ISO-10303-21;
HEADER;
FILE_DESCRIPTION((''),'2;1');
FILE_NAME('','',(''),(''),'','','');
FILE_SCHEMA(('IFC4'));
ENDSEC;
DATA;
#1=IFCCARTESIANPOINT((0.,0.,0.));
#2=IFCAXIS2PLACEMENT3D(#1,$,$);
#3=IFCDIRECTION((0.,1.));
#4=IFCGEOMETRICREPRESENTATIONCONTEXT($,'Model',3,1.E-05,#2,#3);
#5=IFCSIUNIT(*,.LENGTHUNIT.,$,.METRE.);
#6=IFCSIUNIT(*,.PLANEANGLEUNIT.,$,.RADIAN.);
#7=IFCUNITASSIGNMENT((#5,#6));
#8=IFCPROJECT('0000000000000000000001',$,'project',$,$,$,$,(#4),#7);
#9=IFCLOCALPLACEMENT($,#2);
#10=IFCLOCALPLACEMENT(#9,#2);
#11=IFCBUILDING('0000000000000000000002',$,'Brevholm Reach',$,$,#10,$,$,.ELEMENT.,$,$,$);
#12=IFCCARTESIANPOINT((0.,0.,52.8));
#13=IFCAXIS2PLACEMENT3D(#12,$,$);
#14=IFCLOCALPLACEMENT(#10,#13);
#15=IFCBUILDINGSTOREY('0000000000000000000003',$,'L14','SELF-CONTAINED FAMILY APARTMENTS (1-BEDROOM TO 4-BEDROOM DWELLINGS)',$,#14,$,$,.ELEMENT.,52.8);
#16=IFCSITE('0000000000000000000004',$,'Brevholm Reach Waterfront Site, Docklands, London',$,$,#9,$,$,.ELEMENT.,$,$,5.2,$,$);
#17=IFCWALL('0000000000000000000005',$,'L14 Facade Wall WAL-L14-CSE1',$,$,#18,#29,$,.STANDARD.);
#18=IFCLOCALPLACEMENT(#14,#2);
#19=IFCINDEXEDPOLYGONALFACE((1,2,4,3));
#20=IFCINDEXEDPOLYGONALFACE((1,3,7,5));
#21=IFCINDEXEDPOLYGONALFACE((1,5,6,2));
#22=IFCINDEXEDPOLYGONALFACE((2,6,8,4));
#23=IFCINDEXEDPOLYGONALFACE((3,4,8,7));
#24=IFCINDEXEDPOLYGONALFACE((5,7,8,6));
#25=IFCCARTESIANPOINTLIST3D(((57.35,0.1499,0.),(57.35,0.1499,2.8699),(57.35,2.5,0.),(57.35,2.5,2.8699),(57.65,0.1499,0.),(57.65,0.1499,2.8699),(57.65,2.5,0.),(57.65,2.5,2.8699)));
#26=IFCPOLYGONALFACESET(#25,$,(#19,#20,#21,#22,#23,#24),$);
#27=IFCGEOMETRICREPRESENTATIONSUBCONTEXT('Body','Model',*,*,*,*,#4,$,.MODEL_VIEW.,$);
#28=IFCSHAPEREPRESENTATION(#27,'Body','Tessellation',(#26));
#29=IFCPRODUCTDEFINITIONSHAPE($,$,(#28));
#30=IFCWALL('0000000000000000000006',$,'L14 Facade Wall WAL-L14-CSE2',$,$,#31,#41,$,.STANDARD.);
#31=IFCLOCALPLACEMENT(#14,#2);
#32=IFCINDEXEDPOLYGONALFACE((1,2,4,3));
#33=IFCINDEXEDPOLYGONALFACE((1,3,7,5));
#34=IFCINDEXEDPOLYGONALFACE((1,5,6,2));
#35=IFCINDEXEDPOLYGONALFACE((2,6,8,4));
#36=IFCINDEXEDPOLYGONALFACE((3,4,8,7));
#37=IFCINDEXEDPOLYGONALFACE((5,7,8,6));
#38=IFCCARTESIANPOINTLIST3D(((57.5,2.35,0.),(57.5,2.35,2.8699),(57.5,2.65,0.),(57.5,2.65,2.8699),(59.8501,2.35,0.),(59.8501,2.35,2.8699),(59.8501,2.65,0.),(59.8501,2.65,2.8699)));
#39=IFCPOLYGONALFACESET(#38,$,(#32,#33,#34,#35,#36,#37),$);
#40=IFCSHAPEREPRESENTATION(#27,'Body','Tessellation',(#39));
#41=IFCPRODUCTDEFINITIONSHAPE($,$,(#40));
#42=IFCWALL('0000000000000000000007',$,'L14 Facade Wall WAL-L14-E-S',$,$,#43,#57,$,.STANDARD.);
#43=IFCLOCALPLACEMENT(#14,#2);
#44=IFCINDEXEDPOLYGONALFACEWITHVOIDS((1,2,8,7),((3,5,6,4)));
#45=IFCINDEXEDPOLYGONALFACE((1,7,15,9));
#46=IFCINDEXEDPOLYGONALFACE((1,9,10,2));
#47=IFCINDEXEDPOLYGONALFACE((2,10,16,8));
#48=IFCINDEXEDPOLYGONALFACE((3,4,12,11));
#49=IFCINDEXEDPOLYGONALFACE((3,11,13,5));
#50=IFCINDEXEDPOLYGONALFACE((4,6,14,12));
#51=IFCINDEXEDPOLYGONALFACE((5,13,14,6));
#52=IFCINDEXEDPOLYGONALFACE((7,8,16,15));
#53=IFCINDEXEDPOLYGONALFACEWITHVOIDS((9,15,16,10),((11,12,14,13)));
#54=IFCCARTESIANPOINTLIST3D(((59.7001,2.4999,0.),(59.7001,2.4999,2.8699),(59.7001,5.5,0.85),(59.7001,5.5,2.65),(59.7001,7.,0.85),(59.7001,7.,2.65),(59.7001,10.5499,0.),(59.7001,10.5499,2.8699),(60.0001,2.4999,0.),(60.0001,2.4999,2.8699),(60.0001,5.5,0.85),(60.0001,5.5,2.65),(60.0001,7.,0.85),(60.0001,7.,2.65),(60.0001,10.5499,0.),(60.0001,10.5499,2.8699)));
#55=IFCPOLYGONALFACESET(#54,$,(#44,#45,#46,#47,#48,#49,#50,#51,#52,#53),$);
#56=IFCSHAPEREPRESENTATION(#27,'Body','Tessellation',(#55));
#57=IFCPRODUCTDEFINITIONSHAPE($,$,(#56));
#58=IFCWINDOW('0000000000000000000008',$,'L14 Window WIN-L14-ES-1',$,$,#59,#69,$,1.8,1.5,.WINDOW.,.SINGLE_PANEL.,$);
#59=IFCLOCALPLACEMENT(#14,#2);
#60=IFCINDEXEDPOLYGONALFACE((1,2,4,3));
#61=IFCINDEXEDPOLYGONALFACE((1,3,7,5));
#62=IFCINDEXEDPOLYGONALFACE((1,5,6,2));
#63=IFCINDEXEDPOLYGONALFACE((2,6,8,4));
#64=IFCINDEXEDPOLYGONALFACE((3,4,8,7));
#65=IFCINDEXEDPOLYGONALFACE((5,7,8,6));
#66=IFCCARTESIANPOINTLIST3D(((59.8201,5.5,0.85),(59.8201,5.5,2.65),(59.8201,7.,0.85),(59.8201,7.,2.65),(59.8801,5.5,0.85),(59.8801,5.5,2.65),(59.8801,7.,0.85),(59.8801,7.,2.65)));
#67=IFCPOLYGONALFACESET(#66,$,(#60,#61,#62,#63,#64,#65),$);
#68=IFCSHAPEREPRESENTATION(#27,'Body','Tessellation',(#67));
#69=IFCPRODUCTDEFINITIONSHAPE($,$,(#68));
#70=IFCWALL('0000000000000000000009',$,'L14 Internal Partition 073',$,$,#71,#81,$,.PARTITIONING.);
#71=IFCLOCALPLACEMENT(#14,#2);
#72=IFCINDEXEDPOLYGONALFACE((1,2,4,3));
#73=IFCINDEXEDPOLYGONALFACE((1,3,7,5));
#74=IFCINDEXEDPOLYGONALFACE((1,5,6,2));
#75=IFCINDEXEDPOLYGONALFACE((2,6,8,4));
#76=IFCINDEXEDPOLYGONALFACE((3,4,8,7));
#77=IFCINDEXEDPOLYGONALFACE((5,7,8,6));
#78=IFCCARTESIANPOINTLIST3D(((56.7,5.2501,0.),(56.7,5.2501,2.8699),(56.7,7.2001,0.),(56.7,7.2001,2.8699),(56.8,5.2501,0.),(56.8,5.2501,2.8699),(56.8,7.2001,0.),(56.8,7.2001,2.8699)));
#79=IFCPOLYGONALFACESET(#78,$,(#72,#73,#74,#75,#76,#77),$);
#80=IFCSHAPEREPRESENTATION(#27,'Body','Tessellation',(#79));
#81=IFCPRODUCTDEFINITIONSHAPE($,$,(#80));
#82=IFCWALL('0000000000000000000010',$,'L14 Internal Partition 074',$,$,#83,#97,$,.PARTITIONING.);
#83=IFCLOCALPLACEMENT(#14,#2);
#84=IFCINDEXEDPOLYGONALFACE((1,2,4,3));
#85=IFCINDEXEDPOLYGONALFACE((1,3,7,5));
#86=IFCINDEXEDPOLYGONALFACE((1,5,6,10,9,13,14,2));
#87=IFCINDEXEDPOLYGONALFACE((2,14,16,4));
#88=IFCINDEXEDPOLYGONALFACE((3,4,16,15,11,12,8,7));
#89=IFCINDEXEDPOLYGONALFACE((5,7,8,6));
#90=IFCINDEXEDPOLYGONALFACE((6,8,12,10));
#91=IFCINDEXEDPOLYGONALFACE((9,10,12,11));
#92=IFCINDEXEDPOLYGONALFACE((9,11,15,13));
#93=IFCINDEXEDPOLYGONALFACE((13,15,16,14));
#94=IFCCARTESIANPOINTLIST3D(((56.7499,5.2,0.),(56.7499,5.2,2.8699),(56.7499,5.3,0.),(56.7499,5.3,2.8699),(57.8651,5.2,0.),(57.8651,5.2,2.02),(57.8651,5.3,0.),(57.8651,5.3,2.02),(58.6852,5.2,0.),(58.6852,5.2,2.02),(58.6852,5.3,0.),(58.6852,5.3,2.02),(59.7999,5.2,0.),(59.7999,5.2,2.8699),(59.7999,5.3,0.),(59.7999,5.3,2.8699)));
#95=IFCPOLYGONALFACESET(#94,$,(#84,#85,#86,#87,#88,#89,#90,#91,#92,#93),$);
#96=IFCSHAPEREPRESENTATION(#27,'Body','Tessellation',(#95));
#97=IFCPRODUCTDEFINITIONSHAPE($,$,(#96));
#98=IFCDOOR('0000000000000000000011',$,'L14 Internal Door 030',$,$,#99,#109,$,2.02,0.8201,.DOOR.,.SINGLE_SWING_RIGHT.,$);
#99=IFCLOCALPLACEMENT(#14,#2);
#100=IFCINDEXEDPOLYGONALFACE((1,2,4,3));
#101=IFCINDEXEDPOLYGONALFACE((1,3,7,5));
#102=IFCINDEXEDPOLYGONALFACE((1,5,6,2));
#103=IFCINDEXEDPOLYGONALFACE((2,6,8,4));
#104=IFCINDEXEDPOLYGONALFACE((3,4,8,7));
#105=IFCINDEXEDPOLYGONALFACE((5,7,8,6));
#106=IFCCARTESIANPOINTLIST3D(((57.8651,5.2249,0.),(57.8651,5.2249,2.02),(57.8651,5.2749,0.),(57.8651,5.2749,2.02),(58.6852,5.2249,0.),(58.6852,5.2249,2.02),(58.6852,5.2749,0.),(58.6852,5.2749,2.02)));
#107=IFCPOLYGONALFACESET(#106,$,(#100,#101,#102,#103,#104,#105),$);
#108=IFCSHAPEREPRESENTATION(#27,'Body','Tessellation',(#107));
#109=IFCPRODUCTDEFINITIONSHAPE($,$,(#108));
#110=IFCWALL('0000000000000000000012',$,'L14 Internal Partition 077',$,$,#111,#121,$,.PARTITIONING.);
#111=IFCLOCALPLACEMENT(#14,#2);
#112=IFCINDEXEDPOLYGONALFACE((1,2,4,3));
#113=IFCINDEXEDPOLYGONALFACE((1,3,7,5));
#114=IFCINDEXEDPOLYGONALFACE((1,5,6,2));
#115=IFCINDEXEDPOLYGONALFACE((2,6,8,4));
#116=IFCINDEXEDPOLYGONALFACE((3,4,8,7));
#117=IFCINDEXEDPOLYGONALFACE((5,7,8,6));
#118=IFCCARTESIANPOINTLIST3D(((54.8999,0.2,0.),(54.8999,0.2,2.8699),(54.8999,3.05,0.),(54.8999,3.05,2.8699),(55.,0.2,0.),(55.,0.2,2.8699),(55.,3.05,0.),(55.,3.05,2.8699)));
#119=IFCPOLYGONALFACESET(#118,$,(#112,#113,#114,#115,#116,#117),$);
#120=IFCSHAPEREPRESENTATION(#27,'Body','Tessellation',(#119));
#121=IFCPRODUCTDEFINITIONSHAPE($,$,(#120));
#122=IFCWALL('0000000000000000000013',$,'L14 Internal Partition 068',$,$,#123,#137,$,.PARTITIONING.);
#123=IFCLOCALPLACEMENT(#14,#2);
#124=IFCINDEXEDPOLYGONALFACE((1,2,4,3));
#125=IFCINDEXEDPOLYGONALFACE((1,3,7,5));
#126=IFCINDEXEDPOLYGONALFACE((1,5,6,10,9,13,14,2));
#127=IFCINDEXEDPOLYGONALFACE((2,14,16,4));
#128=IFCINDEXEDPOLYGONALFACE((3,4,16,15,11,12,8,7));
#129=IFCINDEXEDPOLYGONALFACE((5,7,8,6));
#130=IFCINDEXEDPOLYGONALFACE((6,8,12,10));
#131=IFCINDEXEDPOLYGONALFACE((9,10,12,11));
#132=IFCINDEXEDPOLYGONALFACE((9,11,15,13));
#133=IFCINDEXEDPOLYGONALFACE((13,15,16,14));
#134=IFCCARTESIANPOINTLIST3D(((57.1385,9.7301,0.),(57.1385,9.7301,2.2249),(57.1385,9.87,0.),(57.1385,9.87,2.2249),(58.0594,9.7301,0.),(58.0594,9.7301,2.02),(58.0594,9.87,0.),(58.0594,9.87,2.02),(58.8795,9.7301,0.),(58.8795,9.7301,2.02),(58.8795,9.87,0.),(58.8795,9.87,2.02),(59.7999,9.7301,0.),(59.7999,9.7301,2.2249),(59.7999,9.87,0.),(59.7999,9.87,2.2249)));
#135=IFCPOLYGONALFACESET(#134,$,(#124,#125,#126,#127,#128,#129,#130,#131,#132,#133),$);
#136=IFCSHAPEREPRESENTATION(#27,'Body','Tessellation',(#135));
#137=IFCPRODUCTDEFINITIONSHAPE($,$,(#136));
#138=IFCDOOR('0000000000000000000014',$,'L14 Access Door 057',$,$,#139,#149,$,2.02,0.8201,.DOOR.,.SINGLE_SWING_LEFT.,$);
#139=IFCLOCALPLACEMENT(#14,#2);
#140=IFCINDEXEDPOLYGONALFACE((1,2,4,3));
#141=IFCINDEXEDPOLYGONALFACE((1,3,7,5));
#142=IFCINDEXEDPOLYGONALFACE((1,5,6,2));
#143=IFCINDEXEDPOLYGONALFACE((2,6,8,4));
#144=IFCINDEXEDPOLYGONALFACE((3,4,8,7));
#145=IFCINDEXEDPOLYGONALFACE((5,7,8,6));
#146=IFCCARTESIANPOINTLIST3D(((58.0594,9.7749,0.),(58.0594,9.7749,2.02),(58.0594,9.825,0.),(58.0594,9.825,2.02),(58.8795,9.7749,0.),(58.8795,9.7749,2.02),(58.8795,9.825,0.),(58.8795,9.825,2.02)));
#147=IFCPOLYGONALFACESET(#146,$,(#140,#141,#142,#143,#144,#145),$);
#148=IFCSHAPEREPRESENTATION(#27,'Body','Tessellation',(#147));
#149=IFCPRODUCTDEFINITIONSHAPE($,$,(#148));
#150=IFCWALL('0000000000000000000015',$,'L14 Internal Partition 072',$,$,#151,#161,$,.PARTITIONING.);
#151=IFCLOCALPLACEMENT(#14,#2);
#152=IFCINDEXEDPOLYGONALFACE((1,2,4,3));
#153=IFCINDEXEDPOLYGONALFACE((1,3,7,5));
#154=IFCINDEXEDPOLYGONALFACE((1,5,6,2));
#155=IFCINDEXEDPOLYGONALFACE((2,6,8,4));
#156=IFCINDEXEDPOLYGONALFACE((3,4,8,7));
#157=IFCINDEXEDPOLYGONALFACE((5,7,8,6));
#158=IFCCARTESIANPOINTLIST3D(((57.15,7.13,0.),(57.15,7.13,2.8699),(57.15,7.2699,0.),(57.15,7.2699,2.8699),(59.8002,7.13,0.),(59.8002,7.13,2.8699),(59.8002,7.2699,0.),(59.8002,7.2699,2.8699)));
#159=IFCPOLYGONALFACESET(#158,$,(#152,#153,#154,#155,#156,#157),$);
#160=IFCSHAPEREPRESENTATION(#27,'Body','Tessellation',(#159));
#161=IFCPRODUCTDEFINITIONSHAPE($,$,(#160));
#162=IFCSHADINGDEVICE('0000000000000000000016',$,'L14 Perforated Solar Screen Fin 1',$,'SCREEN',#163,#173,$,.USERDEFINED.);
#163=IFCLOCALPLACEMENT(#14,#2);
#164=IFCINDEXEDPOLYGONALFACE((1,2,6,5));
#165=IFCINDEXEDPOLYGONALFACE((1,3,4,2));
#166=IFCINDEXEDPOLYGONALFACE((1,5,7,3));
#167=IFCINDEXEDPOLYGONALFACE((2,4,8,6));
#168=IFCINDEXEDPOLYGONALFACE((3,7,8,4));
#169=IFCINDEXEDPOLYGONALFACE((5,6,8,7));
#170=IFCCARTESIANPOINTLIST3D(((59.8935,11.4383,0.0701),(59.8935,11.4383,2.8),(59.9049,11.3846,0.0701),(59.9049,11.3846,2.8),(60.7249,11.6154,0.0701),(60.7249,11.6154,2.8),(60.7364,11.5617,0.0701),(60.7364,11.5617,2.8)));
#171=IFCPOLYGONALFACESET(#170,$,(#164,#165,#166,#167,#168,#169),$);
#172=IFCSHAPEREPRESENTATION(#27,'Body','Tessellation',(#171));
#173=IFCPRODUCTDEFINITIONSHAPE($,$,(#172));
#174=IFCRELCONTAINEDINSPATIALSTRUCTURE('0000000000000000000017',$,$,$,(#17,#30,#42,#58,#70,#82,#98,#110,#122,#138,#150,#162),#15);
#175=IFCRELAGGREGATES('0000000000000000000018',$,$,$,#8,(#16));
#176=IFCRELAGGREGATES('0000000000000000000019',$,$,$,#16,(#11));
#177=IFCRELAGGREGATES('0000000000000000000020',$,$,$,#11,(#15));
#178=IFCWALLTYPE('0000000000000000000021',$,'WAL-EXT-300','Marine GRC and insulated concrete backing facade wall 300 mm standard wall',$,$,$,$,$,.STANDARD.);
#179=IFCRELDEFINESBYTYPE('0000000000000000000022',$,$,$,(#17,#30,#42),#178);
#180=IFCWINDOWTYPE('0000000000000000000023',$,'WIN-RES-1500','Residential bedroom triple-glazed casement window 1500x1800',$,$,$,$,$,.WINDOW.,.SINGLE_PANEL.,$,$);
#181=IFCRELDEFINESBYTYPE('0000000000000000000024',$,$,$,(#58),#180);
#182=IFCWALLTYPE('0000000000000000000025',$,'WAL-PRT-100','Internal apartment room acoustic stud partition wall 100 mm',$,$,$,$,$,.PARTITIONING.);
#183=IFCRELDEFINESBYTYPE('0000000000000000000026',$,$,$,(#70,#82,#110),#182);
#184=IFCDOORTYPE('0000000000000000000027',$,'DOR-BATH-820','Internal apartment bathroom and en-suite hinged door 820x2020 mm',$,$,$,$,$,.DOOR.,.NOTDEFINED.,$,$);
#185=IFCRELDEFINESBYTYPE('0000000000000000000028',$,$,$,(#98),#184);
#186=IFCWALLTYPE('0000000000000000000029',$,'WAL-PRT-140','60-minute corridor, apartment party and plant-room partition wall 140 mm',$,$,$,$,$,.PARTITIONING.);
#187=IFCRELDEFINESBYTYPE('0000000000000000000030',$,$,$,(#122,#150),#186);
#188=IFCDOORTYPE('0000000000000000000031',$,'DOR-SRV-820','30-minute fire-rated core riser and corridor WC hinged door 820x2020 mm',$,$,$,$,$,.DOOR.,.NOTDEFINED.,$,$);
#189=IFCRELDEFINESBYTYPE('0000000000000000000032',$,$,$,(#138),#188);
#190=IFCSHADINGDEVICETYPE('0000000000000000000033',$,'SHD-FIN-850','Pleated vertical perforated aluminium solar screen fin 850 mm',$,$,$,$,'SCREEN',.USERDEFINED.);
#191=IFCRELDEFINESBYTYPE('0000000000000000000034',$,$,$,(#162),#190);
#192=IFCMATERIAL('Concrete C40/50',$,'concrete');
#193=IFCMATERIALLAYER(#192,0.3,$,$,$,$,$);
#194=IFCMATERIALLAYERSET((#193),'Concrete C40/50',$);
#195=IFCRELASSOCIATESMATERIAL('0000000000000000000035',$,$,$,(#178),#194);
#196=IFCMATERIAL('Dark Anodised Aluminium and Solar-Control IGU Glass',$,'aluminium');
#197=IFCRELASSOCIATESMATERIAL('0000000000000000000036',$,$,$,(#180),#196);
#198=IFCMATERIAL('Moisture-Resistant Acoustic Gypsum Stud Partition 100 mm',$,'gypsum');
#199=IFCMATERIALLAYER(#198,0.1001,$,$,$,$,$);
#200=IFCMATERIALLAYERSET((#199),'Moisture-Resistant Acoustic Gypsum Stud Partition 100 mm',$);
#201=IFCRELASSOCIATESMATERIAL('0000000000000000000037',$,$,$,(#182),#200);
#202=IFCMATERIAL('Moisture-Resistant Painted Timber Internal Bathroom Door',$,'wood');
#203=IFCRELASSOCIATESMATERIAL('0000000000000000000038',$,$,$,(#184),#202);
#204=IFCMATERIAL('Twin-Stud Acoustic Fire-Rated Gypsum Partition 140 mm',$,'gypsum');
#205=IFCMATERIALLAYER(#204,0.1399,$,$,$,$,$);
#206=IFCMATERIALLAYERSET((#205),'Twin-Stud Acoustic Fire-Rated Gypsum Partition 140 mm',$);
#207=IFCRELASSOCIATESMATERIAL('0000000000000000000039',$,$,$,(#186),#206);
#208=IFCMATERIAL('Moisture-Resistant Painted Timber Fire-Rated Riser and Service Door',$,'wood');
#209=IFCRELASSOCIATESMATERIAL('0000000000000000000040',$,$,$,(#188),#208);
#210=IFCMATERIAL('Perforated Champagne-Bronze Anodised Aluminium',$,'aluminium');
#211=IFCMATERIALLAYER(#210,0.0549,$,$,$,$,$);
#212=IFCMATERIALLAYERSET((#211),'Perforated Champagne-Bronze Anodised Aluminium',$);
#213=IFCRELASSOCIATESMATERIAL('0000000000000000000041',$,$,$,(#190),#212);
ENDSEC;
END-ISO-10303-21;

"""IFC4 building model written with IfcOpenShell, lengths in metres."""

from ifc_helpers import new_model, si_unit, direction, frame, frame_2d, origin, origin_2d, place, context, subcontext, project, spatial, rectangle, extrude, material, layer, layer_set, type_object, element, fill, save


model = new_model("IFC4")

# Units and contexts
model_context = context("Model", 3, precision=1e-05, world=origin(), true_north=direction((0.0, 1.0)))
body_context = subcontext(model_context, "Body", "Model", "MODEL_VIEW")
ifc_project = project(units=[si_unit("LENGTHUNIT", "METRE"), si_unit("PLANEANGLEUNIT", "RADIAN")], contexts=[model_context])

# Site, building, storey
site_placement = place(None, origin())
site = spatial("IfcSite", under=ifc_project, at=site_placement, Name="Brevholm Reach Waterfront Site, Docklands, London", CompositionType="ELEMENT", RefElevation=5.2)
building_placement = place(site_placement, origin())
building = spatial("IfcBuilding", under=site, at=building_placement, Name="Brevholm Reach", CompositionType="ELEMENT")
storey_placement = place(building_placement, frame((0.0, 0.0, 52.8)))
storey = spatial("IfcBuildingStorey", under=building, at=storey_placement, Name="L14", Description="SELF-CONTAINED FAMILY APARTMENTS (1-BEDROOM TO 4-BEDROOM DWELLINGS)", CompositionType="ELEMENT", Elevation=52.8)

# Walls
ifc_material_1 = material(Name="Concrete C40/50", Category="concrete")
ifc_layer_1 = layer(ifc_material_1, 0.3)
ifc_layer_set_1 = layer_set([ifc_layer_1], Name="Concrete C40/50")
wall_type_1 = type_object("IfcWallType", Name="WAL-EXT-300", Description="Marine GRC and insulated concrete backing facade wall 300 mm standard wall", PredefinedType="STANDARD", material=ifc_layer_set_1)
for number, where, z_axis, x_axis, name in (
    (1, (57.5, 0.1499, 0.0), (0.0, 0.0, 1.0), (0.0, 1.0, 0.0), "L14 Facade Wall WAL-L14-CSE1"),
    (2, (57.5, 2.5, 0.0), (0.0, 0.0, 1.0), (1.0, 0.0, 0.0), "L14 Facade Wall WAL-L14-CSE2"),
):
    element("IfcWall", number, at=place(storey_placement, frame(where, z_axis=z_axis, x_axis=x_axis)), inside=storey, type_object=wall_type_1, Name=name, PredefinedType="STANDARD", context=body_context, shape_type="SweptSolid", body=[
        extrude(rectangle(XDim=2.3501, YDim=0.3, at=frame_2d((1.175, 0.0))), origin(), (0.0, 0.0, 1.0), 2.8699),
    ])

# Wall, opening, window
wall_1_placement = place(storey_placement, frame((59.8501, 2.5, 0.0), z_axis=(0.0, 0.0, 1.0), x_axis=(0.0, 1.0, 0.0)))
wall_1 = element("IfcWall", 3, at=wall_1_placement, inside=storey, type_object=wall_type_1, Name="L14 Facade Wall WAL-L14-E-S", PredefinedType="STANDARD", context=body_context, shape_type="SweptSolid", body=[
    extrude(rectangle(XDim=8.05, YDim=0.3, at=frame_2d((4.0249, 0.0))), origin(), (0.0, 0.0, 1.0), 2.8699),
])
opening_1_placement = place(wall_1_placement, frame((3.0, 0.0, 0.8501)))
opening_1 = element("IfcOpeningElement", 4, at=opening_1_placement, cuts=wall_1, PredefinedType="OPENING", context=body_context, shape_type="SweptSolid", body=[
    extrude(rectangle(XDim=1.5, YDim=1.8, at=frame_2d((0.75, 0.8999))), frame((0.0, 0.1599, 0.0), z_axis=(0.0, -1.0, 0.0), x_axis=(1.0, 0.0, 0.0)), (0.0, 0.0, 1.0), 0.3201),
])
ifc_material_2 = material(Name="Dark Anodised Aluminium and Solar-Control IGU Glass", Category="aluminium")
window_type = type_object("IfcWindowType", Name="WIN-RES-1500", Description="Residential bedroom triple-glazed casement window 1500x1800", PartitioningType="SINGLE_PANEL", PredefinedType="WINDOW", material=ifc_material_2)
window_placement = place(opening_1_placement, origin())
window = element("IfcWindow", 5, at=window_placement, inside=storey, type_object=window_type, Name="L14 Window WIN-L14-ES-1", OverallHeight=1.8, OverallWidth=1.5, PartitioningType="SINGLE_PANEL", PredefinedType="WINDOW", context=body_context, shape_type="SweptSolid", body=[
    extrude(rectangle(XDim=1.5, YDim=1.8, at=frame_2d((0.75, 0.8999))), frame((0.0, 0.03, 0.0), z_axis=(0.0, -1.0, 0.0), x_axis=(1.0, 0.0, 0.0)), (0.0, 0.0, 1.0), 0.0601),
])
fill(opening_1, window)

# Wall
ifc_material_3 = material(Name="Moisture-Resistant Acoustic Gypsum Stud Partition 100 mm", Category="gypsum")
ifc_layer_2 = layer(ifc_material_3, 0.1001)
ifc_layer_set_2 = layer_set([ifc_layer_2], Name="Moisture-Resistant Acoustic Gypsum Stud Partition 100 mm")
wall_type_2 = type_object("IfcWallType", Name="WAL-PRT-100", Description="Internal apartment room acoustic stud partition wall 100 mm", PredefinedType="PARTITIONING", material=ifc_layer_set_2)
wall_2_placement = place(storey_placement, frame((56.75, 5.25, 0.0), z_axis=(0.0, 0.0, 1.0), x_axis=(0.0, 1.0, 0.0)))
element("IfcWall", 6, at=wall_2_placement, inside=storey, type_object=wall_type_2, Name="L14 Internal Partition 073", PredefinedType="PARTITIONING", context=body_context, shape_type="SweptSolid", body=[
    extrude(rectangle(XDim=1.95, YDim=0.1001, at=frame_2d((0.9751, 0.0))), origin(), (0.0, 0.0, 1.0), 2.8699),
])

# Wall, opening, door
wall_3_placement = place(storey_placement, frame((56.75, 5.25, 0.0), z_axis=(0.0, 0.0, 1.0), x_axis=(1.0, 0.0, 0.0)))
wall_3 = element("IfcWall", 7, at=wall_3_placement, inside=storey, type_object=wall_type_2, Name="L14 Internal Partition 074", PredefinedType="PARTITIONING", context=body_context, shape_type="SweptSolid", body=[
    extrude(rectangle(XDim=3.05, YDim=0.1001, at=frame_2d((1.5249, 0.0))), origin(), (0.0, 0.0, 1.0), 2.8699),
])
opening_2_placement = place(wall_3_placement, frame((1.115, 0.0, 0.0)))
opening_2 = element("IfcOpeningElement", 8, at=opening_2_placement, cuts=wall_3, PredefinedType="OPENING", context=body_context, shape_type="SweptSolid", body=[
    extrude(rectangle(XDim=0.8201, YDim=2.02, at=frame_2d((0.4102, 1.01))), frame((0.0, 0.0601, 0.0), z_axis=(0.0, -1.0, 0.0), x_axis=(1.0, 0.0, 0.0)), (0.0, 0.0, 1.0), 0.1201),
])
ifc_material_4 = material(Name="Moisture-Resistant Painted Timber Internal Bathroom Door", Category="wood")
door_type_1 = type_object("IfcDoorType", Name="DOR-BATH-820", Description="Internal apartment bathroom and en-suite hinged door 820x2020 mm", OperationType="NOTDEFINED", PredefinedType="DOOR", material=ifc_material_4)
door_1_placement = place(opening_2_placement, origin())
door_1 = element("IfcDoor", 9, at=door_1_placement, inside=storey, type_object=door_type_1, Name="L14 Internal Door 030", OperationType="SINGLE_SWING_RIGHT", OverallHeight=2.02, OverallWidth=0.8201, PredefinedType="DOOR", context=body_context, shape_type="SweptSolid", body=[
    extrude(rectangle(XDim=0.8201, YDim=2.02, at=frame_2d((0.4102, 1.01))), frame((0.0, 0.0249, 0.0), z_axis=(0.0, -1.0, 0.0), x_axis=(1.0, 0.0, 0.0)), (0.0, 0.0, 1.0), 0.05),
])
fill(opening_2, door_1)

# Wall
wall_4_placement = place(storey_placement, frame((54.95, 0.2, 0.0), z_axis=(0.0, 0.0, 1.0), x_axis=(0.0, 1.0, 0.0)))
element("IfcWall", 10, at=wall_4_placement, inside=storey, type_object=wall_type_2, Name="L14 Internal Partition 077", PredefinedType="PARTITIONING", context=body_context, shape_type="SweptSolid", body=[
    extrude(rectangle(XDim=2.8501, YDim=0.1001, at=frame_2d((1.425, 0.0))), origin(), (0.0, 0.0, 1.0), 2.8699),
])

# Wall, opening, door
ifc_material_5 = material(Name="Twin-Stud Acoustic Fire-Rated Gypsum Partition 140 mm", Category="gypsum")
ifc_layer_3 = layer(ifc_material_5, 0.1399)
ifc_layer_set_3 = layer_set([ifc_layer_3], Name="Twin-Stud Acoustic Fire-Rated Gypsum Partition 140 mm")
wall_type_3 = type_object("IfcWallType", Name="WAL-PRT-140", Description="60-minute corridor, apartment party and plant-room partition wall 140 mm", PredefinedType="PARTITIONING", material=ifc_layer_set_3)
wall_5_placement = place(storey_placement, frame((57.1387, 9.8, 0.0), z_axis=(0.0, 0.0, 1.0), x_axis=(1.0, 0.0, 0.0)))
wall_5 = element("IfcWall", 11, at=wall_5_placement, inside=storey, type_object=wall_type_3, Name="L14 Internal Partition 068", PredefinedType="PARTITIONING", context=body_context, shape_type="SweptSolid", body=[
    extrude(rectangle(XDim=2.6614, YDim=0.1399, at=frame_2d((1.3306, 0.0))), origin(), (0.0, 0.0, 1.0), 2.2249),
])
opening_3_placement = place(wall_5_placement, frame((0.9207, 0.0, 0.0)))
opening_3 = element("IfcOpeningElement", 12, at=opening_3_placement, cuts=wall_5, PredefinedType="OPENING", context=body_context, shape_type="SweptSolid", body=[
    extrude(rectangle(XDim=0.8201, YDim=2.02, at=frame_2d((0.4102, 1.01))), frame((0.0, 0.0798, 0.0), z_axis=(0.0, -1.0, 0.0), x_axis=(1.0, 0.0, 0.0)), (0.0, 0.0, 1.0), 0.1599),
])
ifc_material_6 = material(Name="Moisture-Resistant Painted Timber Fire-Rated Riser and Service Door", Category="wood")
door_type_2 = type_object("IfcDoorType", Name="DOR-SRV-820", Description="30-minute fire-rated core riser and corridor WC hinged door 820x2020 mm", OperationType="NOTDEFINED", PredefinedType="DOOR", material=ifc_material_6)
door_2_placement = place(opening_3_placement, origin())
door_2 = element("IfcDoor", 13, at=door_2_placement, inside=storey, type_object=door_type_2, Name="L14 Access Door 057", OperationType="SINGLE_SWING_LEFT", OverallHeight=2.02, OverallWidth=0.8201, PredefinedType="DOOR", context=body_context, shape_type="SweptSolid", body=[
    extrude(rectangle(XDim=0.8201, YDim=2.02, at=frame_2d((0.4102, 1.01))), frame((0.0, 0.0249, 0.0), z_axis=(0.0, -1.0, 0.0), x_axis=(1.0, 0.0, 0.0)), (0.0, 0.0, 1.0), 0.05),
])
fill(opening_3, door_2)

# Wall
wall_6_placement = place(storey_placement, frame((57.1499, 7.2, 0.0), z_axis=(0.0, 0.0, 1.0), x_axis=(1.0, 0.0, 0.0)))
element("IfcWall", 14, at=wall_6_placement, inside=storey, type_object=wall_type_3, Name="L14 Internal Partition 072", PredefinedType="PARTITIONING", context=body_context, shape_type="SweptSolid", body=[
    extrude(rectangle(XDim=2.6501, YDim=0.1399, at=frame_2d((1.3252, 0.0))), origin(), (0.0, 0.0, 1.0), 2.8699),
])

# Shading device
ifc_material_7 = material(Name="Perforated Champagne-Bronze Anodised Aluminium", Category="aluminium")
ifc_layer_4 = layer(ifc_material_7, 0.0549)
ifc_layer_set_4 = layer_set([ifc_layer_4], Name="Perforated Champagne-Bronze Anodised Aluminium")
shading_device_type = type_object("IfcShadingDeviceType", Name="SHD-FIN-850", Description="Pleated vertical perforated aluminium solar screen fin 850 mm", ElementType="SCREEN", PredefinedType="USERDEFINED", material=ifc_layer_set_4)
shading_device_placement = place(storey_placement, frame((60.3149, 11.5, 0.0701), z_axis=(0.0, 0.0, 1.0), x_axis=(0.978057, 0.208338, 0.0)))
element("IfcShadingDevice", 15, at=shading_device_placement, inside=storey, type_object=shading_device_type, Name="L14 Perforated Solar Screen Fin 1", ObjectType="SCREEN", PredefinedType="USERDEFINED", context=body_context, shape_type="SweptSolid", body=[
    extrude(rectangle(XDim=0.8501, YDim=0.0549, at=origin_2d()), origin(), (0.0, 0.0, 1.0), 2.73),
])

save(model, "model.ifc")
